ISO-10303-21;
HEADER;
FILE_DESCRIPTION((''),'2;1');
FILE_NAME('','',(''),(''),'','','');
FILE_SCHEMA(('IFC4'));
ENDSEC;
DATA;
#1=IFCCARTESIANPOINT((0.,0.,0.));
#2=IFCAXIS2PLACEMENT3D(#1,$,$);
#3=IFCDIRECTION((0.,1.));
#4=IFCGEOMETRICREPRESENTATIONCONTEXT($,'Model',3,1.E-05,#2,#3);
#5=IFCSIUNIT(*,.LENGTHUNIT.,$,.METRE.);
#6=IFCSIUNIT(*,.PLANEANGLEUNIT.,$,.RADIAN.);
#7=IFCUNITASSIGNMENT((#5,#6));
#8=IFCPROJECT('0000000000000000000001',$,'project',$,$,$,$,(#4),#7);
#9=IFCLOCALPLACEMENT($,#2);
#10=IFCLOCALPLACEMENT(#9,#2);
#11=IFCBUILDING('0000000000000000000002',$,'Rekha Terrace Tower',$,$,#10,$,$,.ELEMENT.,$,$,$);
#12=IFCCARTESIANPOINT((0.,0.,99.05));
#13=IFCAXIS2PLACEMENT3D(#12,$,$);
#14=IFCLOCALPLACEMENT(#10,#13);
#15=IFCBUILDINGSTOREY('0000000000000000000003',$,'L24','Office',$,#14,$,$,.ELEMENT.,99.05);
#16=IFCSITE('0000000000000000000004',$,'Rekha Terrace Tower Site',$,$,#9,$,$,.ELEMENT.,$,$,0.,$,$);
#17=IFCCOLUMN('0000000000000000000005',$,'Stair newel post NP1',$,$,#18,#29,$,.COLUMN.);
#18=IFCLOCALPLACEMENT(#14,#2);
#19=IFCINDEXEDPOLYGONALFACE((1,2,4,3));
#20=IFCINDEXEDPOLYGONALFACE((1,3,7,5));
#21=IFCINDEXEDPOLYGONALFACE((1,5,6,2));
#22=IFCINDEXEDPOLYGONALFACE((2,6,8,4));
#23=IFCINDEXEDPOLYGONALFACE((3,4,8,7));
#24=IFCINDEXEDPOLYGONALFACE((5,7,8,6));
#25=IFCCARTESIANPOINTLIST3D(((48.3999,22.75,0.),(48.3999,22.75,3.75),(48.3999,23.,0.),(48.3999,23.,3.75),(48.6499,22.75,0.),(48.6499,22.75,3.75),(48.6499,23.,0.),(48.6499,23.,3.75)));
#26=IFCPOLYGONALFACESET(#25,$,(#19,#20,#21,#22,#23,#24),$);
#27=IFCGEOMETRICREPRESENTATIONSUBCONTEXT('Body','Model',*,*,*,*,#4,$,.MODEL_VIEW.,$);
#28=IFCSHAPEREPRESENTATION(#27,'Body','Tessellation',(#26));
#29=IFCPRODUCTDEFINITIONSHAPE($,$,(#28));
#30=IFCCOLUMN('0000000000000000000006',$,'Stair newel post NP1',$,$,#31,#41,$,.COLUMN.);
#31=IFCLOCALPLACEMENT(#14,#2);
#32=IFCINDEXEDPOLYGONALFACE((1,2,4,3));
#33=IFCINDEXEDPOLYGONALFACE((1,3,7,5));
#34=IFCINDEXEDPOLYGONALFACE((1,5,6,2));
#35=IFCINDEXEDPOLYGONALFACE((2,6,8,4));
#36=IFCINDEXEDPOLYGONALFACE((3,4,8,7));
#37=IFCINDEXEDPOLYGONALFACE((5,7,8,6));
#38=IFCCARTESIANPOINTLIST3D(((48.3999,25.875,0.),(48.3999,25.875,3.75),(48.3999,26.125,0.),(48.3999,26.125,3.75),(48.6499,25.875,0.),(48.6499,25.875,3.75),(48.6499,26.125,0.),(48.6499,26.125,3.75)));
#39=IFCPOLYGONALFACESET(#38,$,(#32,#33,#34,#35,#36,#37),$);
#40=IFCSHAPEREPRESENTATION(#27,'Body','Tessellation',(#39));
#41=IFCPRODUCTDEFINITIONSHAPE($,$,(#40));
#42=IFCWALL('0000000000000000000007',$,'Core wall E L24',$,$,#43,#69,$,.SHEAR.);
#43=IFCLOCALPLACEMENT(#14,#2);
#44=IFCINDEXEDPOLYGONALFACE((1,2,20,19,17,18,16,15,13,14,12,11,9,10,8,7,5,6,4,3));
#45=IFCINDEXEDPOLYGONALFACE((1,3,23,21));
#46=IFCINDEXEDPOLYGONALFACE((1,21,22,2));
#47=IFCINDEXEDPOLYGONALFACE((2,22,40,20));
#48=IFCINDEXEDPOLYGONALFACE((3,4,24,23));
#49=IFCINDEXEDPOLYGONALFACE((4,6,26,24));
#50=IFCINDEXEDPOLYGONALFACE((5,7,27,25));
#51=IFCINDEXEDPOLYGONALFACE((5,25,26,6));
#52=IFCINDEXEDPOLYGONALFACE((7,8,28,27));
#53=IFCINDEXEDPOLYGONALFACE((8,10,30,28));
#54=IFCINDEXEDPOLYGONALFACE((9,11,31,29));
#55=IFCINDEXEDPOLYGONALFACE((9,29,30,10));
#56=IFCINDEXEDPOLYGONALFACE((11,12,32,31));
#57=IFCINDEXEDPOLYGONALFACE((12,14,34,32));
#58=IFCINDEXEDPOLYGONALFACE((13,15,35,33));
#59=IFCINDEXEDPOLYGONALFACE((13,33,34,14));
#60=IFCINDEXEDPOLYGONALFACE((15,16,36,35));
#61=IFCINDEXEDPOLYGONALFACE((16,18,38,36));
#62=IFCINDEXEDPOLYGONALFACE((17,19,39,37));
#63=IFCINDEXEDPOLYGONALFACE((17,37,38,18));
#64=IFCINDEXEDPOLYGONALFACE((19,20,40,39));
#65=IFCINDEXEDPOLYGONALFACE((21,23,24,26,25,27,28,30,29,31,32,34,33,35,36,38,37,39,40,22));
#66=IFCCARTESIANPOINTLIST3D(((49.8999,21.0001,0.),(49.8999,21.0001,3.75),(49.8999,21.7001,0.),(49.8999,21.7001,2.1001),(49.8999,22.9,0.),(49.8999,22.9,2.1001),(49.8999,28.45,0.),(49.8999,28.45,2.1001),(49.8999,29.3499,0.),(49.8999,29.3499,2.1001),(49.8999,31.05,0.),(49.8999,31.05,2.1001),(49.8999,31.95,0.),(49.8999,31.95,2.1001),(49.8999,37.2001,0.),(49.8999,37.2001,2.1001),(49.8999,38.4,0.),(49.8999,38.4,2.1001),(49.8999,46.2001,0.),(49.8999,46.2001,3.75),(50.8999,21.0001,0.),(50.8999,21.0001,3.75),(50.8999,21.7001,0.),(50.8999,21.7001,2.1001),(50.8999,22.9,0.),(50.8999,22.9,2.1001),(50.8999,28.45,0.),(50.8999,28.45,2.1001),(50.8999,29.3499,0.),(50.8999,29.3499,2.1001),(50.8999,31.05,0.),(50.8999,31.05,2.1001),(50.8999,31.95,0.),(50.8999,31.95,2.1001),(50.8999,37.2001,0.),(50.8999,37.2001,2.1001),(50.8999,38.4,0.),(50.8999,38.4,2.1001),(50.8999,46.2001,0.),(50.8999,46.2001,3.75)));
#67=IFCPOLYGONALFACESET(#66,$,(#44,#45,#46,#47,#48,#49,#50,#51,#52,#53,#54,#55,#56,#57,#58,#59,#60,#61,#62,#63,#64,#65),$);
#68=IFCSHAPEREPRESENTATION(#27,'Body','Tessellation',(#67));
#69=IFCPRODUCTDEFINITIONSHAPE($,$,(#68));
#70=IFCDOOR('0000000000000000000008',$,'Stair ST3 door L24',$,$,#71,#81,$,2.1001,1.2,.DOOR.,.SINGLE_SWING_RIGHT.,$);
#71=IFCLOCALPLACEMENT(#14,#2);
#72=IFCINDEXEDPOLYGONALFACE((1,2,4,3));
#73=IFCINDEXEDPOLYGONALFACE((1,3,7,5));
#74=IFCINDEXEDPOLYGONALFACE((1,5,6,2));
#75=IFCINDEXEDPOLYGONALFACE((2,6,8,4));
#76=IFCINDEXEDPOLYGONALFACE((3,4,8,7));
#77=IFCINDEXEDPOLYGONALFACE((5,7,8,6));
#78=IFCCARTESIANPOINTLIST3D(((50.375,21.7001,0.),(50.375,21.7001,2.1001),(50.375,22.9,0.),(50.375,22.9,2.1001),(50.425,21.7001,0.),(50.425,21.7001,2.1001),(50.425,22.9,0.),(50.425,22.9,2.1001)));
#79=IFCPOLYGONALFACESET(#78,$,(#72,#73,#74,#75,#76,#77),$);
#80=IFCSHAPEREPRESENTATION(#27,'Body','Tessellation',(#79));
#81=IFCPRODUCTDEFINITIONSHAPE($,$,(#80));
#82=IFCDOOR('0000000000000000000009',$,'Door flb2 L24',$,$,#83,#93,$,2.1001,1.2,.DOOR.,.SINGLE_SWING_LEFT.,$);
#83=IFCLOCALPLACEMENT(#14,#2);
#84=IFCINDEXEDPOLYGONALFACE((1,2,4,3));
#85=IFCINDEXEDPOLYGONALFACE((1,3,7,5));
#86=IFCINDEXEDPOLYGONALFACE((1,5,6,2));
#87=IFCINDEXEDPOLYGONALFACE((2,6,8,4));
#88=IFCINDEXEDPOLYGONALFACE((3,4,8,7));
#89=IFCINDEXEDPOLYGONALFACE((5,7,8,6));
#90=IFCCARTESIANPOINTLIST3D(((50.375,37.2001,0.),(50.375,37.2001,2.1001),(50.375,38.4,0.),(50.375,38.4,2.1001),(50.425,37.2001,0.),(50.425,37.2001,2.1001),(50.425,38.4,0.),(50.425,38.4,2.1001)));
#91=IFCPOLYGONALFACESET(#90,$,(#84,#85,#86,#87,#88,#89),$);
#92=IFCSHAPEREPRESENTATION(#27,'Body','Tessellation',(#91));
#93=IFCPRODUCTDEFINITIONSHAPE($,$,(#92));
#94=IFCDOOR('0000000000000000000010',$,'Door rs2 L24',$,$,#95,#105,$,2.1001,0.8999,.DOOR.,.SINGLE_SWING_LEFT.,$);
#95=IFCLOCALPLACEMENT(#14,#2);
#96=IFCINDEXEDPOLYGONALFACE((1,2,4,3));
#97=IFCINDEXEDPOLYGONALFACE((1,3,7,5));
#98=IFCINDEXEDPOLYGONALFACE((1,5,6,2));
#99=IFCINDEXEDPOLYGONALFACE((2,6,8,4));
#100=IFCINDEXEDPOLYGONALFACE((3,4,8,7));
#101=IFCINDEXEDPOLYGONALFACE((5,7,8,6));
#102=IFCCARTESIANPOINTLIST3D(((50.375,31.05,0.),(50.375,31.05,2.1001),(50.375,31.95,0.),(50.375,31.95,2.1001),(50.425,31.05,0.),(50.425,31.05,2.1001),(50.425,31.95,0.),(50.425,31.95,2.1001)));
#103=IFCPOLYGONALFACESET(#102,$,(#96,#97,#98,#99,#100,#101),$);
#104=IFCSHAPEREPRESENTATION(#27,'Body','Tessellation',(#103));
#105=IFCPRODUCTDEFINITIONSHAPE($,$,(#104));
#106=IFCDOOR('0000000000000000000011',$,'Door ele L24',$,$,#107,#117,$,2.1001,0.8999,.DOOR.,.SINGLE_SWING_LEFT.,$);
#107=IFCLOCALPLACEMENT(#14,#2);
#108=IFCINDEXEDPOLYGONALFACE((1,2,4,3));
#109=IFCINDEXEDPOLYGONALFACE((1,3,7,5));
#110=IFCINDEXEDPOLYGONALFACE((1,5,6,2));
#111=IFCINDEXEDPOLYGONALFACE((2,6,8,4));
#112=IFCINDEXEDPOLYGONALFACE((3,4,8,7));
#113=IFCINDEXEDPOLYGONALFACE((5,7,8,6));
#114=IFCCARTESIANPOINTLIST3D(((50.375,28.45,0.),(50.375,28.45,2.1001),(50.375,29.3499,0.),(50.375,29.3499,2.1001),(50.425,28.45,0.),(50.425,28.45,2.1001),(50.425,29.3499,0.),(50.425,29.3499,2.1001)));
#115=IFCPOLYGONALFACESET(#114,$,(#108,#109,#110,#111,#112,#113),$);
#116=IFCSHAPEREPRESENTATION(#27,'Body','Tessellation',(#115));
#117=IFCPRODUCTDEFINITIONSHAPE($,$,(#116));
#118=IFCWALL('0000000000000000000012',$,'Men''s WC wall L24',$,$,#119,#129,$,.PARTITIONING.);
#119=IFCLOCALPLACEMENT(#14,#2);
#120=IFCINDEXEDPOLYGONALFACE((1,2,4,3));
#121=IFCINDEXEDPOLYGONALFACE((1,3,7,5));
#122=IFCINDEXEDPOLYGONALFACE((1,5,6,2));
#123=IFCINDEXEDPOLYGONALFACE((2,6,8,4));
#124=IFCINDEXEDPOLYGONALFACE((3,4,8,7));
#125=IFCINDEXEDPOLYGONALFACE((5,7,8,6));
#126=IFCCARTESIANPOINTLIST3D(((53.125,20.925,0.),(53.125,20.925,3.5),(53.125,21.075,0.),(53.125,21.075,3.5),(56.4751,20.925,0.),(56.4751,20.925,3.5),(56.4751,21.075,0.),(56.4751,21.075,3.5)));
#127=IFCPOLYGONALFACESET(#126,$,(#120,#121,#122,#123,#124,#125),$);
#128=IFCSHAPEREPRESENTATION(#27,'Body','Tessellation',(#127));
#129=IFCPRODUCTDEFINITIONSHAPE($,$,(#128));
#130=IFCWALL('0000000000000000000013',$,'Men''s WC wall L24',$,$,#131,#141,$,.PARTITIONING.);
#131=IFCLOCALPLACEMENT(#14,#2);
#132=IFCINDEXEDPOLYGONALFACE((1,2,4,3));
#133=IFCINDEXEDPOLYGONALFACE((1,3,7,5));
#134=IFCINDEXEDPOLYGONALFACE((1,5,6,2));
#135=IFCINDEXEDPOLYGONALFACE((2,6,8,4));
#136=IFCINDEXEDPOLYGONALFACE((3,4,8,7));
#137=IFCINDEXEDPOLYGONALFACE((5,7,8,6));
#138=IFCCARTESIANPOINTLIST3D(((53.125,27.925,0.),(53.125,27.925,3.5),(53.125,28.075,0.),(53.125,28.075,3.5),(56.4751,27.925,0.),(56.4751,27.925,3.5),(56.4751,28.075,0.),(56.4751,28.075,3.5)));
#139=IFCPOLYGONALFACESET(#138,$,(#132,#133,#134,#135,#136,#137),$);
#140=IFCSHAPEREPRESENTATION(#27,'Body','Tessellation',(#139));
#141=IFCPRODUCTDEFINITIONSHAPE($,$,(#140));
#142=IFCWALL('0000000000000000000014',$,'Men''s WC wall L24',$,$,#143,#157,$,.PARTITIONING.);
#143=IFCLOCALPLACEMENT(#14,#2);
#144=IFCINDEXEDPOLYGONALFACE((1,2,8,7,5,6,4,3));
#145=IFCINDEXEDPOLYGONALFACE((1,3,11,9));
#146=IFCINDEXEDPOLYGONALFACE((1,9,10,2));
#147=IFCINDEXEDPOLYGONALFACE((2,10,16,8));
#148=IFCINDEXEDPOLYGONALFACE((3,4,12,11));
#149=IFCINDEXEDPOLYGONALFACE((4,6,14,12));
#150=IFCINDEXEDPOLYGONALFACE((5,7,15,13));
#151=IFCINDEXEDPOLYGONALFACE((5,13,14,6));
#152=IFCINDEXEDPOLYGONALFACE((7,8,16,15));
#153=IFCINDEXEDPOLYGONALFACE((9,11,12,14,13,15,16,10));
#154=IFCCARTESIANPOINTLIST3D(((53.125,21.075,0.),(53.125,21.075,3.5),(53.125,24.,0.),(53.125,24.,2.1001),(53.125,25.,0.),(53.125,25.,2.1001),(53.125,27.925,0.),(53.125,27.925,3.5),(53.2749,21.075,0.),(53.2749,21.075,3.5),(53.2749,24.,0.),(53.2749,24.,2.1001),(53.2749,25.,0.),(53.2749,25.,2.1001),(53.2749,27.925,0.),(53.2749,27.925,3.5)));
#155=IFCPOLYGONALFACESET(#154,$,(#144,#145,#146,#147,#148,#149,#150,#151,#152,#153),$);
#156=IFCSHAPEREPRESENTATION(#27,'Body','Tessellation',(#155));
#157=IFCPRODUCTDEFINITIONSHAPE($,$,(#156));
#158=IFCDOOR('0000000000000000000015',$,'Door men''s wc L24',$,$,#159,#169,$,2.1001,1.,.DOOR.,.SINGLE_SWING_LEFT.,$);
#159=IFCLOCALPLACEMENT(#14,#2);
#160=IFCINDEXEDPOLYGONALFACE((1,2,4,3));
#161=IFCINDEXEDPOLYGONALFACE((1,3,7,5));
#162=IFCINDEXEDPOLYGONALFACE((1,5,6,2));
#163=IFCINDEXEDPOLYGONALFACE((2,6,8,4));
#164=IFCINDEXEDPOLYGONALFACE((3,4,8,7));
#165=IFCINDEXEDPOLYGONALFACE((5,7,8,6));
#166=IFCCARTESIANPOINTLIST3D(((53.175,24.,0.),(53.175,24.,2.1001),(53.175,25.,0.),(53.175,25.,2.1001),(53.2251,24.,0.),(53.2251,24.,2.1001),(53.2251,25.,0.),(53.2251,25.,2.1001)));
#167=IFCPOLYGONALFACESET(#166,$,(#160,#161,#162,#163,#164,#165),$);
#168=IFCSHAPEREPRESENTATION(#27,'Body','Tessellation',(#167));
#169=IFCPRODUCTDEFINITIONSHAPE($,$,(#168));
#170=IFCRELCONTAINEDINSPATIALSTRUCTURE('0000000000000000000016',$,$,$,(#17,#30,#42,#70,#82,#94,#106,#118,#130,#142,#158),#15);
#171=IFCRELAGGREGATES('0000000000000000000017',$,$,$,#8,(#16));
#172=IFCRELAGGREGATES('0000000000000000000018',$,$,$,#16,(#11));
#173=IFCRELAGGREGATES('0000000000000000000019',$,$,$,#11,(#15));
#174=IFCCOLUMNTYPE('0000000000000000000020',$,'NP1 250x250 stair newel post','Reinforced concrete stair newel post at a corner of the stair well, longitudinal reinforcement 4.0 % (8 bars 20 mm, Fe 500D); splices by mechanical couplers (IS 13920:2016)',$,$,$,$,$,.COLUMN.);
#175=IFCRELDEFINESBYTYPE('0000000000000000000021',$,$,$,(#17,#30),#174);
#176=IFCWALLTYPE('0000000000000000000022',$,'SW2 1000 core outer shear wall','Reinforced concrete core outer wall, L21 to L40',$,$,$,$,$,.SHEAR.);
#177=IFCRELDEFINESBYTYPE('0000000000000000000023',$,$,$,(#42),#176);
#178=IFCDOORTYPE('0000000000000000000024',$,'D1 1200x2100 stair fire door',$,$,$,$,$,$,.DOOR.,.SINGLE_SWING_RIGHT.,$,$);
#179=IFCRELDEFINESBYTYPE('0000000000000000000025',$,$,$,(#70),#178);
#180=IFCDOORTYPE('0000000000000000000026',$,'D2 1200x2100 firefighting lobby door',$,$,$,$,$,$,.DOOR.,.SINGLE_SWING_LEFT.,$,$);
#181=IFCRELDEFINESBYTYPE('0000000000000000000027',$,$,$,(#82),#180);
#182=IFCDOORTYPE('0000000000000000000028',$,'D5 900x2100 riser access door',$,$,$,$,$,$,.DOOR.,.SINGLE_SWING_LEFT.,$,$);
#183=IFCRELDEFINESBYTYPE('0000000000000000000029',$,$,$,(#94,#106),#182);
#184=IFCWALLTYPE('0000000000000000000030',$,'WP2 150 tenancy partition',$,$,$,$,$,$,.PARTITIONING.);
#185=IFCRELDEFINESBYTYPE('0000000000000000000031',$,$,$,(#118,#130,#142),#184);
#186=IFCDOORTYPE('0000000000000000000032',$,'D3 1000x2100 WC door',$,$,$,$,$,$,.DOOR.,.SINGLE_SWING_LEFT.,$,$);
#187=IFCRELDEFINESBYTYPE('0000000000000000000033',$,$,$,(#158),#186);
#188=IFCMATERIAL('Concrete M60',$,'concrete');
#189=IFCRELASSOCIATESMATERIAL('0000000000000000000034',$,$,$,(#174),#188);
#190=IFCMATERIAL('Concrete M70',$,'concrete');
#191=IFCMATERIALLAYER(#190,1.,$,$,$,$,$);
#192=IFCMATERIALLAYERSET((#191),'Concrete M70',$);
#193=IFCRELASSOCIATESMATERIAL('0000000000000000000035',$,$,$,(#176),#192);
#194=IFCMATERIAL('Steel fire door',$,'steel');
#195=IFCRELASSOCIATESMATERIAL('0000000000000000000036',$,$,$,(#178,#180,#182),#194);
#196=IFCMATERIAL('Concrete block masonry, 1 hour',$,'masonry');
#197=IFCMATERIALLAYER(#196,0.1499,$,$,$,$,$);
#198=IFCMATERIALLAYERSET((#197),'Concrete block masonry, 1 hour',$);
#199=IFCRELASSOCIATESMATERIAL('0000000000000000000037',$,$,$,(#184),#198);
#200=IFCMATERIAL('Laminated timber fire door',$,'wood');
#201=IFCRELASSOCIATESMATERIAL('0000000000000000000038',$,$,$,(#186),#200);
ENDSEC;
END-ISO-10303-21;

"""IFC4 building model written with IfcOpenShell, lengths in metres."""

from ifc_helpers import new_model, si_unit, direction, frame, frame_2d, origin, origin_2d, place, context, subcontext, project, spatial, rectangle, extrude, material, layer, layer_set, material_profile, profile_set, type_object, element, fill, save


model = new_model("IFC4")

# Units and contexts
model_context = context("Model", 3, precision=1e-05, world=origin(), true_north=direction((0.0, 1.0)))
body_context = subcontext(model_context, "Body", "Model", "MODEL_VIEW")
ifc_project = project(units=[si_unit("LENGTHUNIT", "METRE"), si_unit("PLANEANGLEUNIT", "RADIAN")], contexts=[model_context])

# Site, building, storey
site_placement = place(None, origin())
site = spatial("IfcSite", under=ifc_project, at=site_placement, Name="Rekha Terrace Tower Site", CompositionType="ELEMENT", RefElevation=0.0)
building_placement = place(site_placement, origin())
building = spatial("IfcBuilding", under=site, at=building_placement, Name="Rekha Terrace Tower", CompositionType="ELEMENT")
storey_placement = place(building_placement, frame((0.0, 0.0, 99.05)))
storey = spatial("IfcBuildingStorey", under=building, at=storey_placement, Name="L24", Description="Office", CompositionType="ELEMENT", Elevation=99.05)

# Columns
ifc_material_1 = material(Name="Concrete M60", Category="concrete")
ifc_material_profile = material_profile(ifc_material_1, rectangle(XDim=0.25, YDim=0.25, at=origin_2d()), Name="RC 250x250")
ifc_profile_set = profile_set([ifc_material_profile], Name="Concrete M60")
column_type = type_object("IfcColumnType", Name="NP1 250x250 stair newel post", Description="Reinforced concrete stair newel post at a corner of the stair well, longitudinal reinforcement 4.0 % (8 bars 20 mm, Fe 500D); splices by mechanical couplers (IS 13920:2016)", PredefinedType="COLUMN", material=ifc_profile_set)
for number, where, z_axis, x_axis, name in (
    (1, (48.5249, 22.875, 0.0), (0.0, 0.0, 1.0), (1.0, 0.0, 0.0), "Stair newel post NP1"),
    (2, (48.5249, 26.0, 0.0), (0.0, 0.0, 1.0), (1.0, 0.0, 0.0), "Stair newel post NP1"),
):
    element("IfcColumn", number, at=place(storey_placement, frame(where, z_axis=z_axis, x_axis=x_axis)), inside=storey, type_object=column_type, Name=name, PredefinedType="COLUMN", context=body_context, shape_type="SweptSolid", body=[
        extrude(rectangle(XDim=0.25, YDim=0.25, at=origin_2d()), origin(), (0.0, 0.0, 1.0), 3.75),
    ])

# Wall, openings, doors
ifc_material_2 = material(Name="Concrete M70", Category="concrete")
ifc_layer_1 = layer(ifc_material_2, 1.0)
ifc_layer_set_1 = layer_set([ifc_layer_1], Name="Concrete M70")
wall_type_1 = type_object("IfcWallType", Name="SW2 1000 core outer shear wall", Description="Reinforced concrete core outer wall, L21 to L40", PredefinedType="SHEAR", material=ifc_layer_set_1)
wall_1_placement = place(storey_placement, frame((50.3999, 21.0, 0.0), z_axis=(0.0, 0.0, 1.0), x_axis=(0.0, 1.0, 0.0)))
wall_1 = element("IfcWall", 3, at=wall_1_placement, inside=storey, type_object=wall_type_1, Name="Core wall E L24", PredefinedType="SHEAR", context=body_context, shape_type="SweptSolid", body=[
    extrude(rectangle(XDim=25.2, YDim=1.0, at=frame_2d((12.6001, 0.0))), origin(), (0.0, 0.0, 1.0), 3.75),
])
opening_1_placement = place(wall_1_placement, frame((16.2, 0.0, 0.0)))
opening_1 = element("IfcOpeningElement", 4, at=opening_1_placement, cuts=wall_1, PredefinedType="OPENING", context=body_context, shape_type="SweptSolid", body=[
    extrude(rectangle(XDim=1.2, YDim=2.1001, at=frame_2d((0.6001, 1.05))), frame((0.0, 0.51, 0.0), z_axis=(0.0, -1.0, 0.0), x_axis=(1.0, 0.0, 0.0)), (0.0, 0.0, 1.0), 1.02),
])
opening_2_placement = place(wall_1_placement, frame((10.05, 0.0, 0.0)))
opening_2 = element("IfcOpeningElement", 5, at=opening_2_placement, cuts=wall_1, PredefinedType="OPENING", context=body_context, shape_type="SweptSolid", body=[
    extrude(rectangle(XDim=0.8999, YDim=2.1001, at=frame_2d((0.45, 1.05))), frame((0.0, 0.51, 0.0), z_axis=(0.0, -1.0, 0.0), x_axis=(1.0, 0.0, 0.0)), (0.0, 0.0, 1.0), 1.02),
])
opening_3_placement = place(wall_1_placement, frame((7.45, 0.0, 0.0)))
opening_3 = element("IfcOpeningElement", 6, at=opening_3_placement, cuts=wall_1, PredefinedType="OPENING", context=body_context, shape_type="SweptSolid", body=[
    extrude(rectangle(XDim=0.8999, YDim=2.1001, at=frame_2d((0.45, 1.05))), frame((0.0, 0.51, 0.0), z_axis=(0.0, -1.0, 0.0), x_axis=(1.0, 0.0, 0.0)), (0.0, 0.0, 1.0), 1.02),
])
opening_4_placement = place(wall_1_placement, frame((0.7, 0.0, 0.0)))
opening_4 = element("IfcOpeningElement", 7, at=opening_4_placement, cuts=wall_1, PredefinedType="OPENING", context=body_context, shape_type="SweptSolid", body=[
    extrude(rectangle(XDim=1.2, YDim=2.1001, at=frame_2d((0.6001, 1.05))), frame((0.0, 0.51, 0.0), z_axis=(0.0, -1.0, 0.0), x_axis=(1.0, 0.0, 0.0)), (0.0, 0.0, 1.0), 1.02),
])
ifc_material_3 = material(Name="Steel fire door", Category="steel")
door_type_1 = type_object("IfcDoorType", Name="D1 1200x2100 stair fire door", OperationType="SINGLE_SWING_RIGHT", PredefinedType="DOOR", material=ifc_material_3)
door_1_placement = place(opening_4_placement, origin())
door_1 = element("IfcDoor", 8, at=door_1_placement, inside=storey, type_object=door_type_1, Name="Stair ST3 door L24", OperationType="SINGLE_SWING_RIGHT", OverallHeight=2.1001, OverallWidth=1.2, PredefinedType="DOOR", context=body_context, shape_type="SweptSolid", body=[
    extrude(rectangle(XDim=1.2, YDim=2.1001, at=frame_2d((0.6001, 1.05))), frame((0.0, 0.0249, 0.0), z_axis=(0.0, -1.0, 0.0), x_axis=(1.0, 0.0, 0.0)), (0.0, 0.0, 1.0), 0.05),
])
fill(opening_4, door_1)
door_type_2 = type_object("IfcDoorType", Name="D2 1200x2100 firefighting lobby door", OperationType="SINGLE_SWING_LEFT", PredefinedType="DOOR", material=ifc_material_3)
door_2_placement = place(opening_1_placement, origin())
door_2 = element("IfcDoor", 9, at=door_2_placement, inside=storey, type_object=door_type_2, Name="Door flb2 L24", OperationType="SINGLE_SWING_LEFT", OverallHeight=2.1001, OverallWidth=1.2, PredefinedType="DOOR", context=body_context, shape_type="SweptSolid", body=[
    extrude(rectangle(XDim=1.2, YDim=2.1001, at=frame_2d((0.6001, 1.05))), frame((0.0, 0.0249, 0.0), z_axis=(0.0, -1.0, 0.0), x_axis=(1.0, 0.0, 0.0)), (0.0, 0.0, 1.0), 0.05),
])
fill(opening_1, door_2)
door_type_3 = type_object("IfcDoorType", Name="D5 900x2100 riser access door", OperationType="SINGLE_SWING_LEFT", PredefinedType="DOOR", material=ifc_material_3)
door_3_placement = place(opening_2_placement, origin())
door_3 = element("IfcDoor", 10, at=door_3_placement, inside=storey, type_object=door_type_3, Name="Door rs2 L24", OperationType="SINGLE_SWING_LEFT", OverallHeight=2.1001, OverallWidth=0.8999, PredefinedType="DOOR", context=body_context, shape_type="SweptSolid", body=[
    extrude(rectangle(XDim=0.8999, YDim=2.1001, at=frame_2d((0.45, 1.05))), frame((0.0, 0.0249, 0.0), z_axis=(0.0, -1.0, 0.0), x_axis=(1.0, 0.0, 0.0)), (0.0, 0.0, 1.0), 0.05),
])
fill(opening_2, door_3)
door_4_placement = place(opening_3_placement, origin())
door_4 = element("IfcDoor", 11, at=door_4_placement, inside=storey, type_object=door_type_3, Name="Door ele L24", OperationType="SINGLE_SWING_LEFT", OverallHeight=2.1001, OverallWidth=0.8999, PredefinedType="DOOR", context=body_context, shape_type="SweptSolid", body=[
    extrude(rectangle(XDim=0.8999, YDim=2.1001, at=frame_2d((0.45, 1.05))), frame((0.0, 0.0249, 0.0), z_axis=(0.0, -1.0, 0.0), x_axis=(1.0, 0.0, 0.0)), (0.0, 0.0, 1.0), 0.05),
])
fill(opening_3, door_4)

# Walls
ifc_material_4 = material(Name="Concrete block masonry, 1 hour", Category="masonry")
ifc_layer_2 = layer(ifc_material_4, 0.1499)
ifc_layer_set_2 = layer_set([ifc_layer_2], Name="Concrete block masonry, 1 hour")
wall_type_2 = type_object("IfcWallType", Name="WP2 150 tenancy partition", PredefinedType="PARTITIONING", material=ifc_layer_set_2)
for number, where, z_axis, x_axis, name in (
    (12, (53.125, 21.0, 0.0), (0.0, 0.0, 1.0), (1.0, 0.0, 0.0), "Men's WC wall L24"),
    (13, (53.125, 28.0, 0.0), (0.0, 0.0, 1.0), (1.0, 0.0, 0.0), "Men's WC wall L24"),
):
    element("IfcWall", number, at=place(storey_placement, frame(where, z_axis=z_axis, x_axis=x_axis)), inside=storey, type_object=wall_type_2, Name=name, PredefinedType="PARTITIONING", context=body_context, shape_type="SweptSolid", body=[
        extrude(rectangle(XDim=3.3501, YDim=0.1499, at=frame_2d((1.675, 0.0))), origin(), (0.0, 0.0, 1.0), 3.5),
    ])

# Wall, opening, door
wall_2_placement = place(storey_placement, frame((53.2, 21.075, 0.0), z_axis=(0.0, 0.0, 1.0), x_axis=(0.0, 1.0, 0.0)))
wall_2 = element("IfcWall", 14, at=wall_2_placement, inside=storey, type_object=wall_type_2, Name="Men's WC wall L24", PredefinedType="PARTITIONING", context=body_context, shape_type="SweptSolid", body=[
    extrude(rectangle(XDim=6.8501, YDim=0.1499, at=frame_2d((3.425, 0.0))), origin(), (0.0, 0.0, 1.0), 3.5),
])
opening_5_placement = place(wall_2_placement, frame((2.925, 0.0, 0.0)))
opening_5 = element("IfcOpeningElement", 15, at=opening_5_placement, cuts=wall_2, PredefinedType="OPENING", context=body_context, shape_type="SweptSolid", body=[
    extrude(rectangle(XDim=1.0, YDim=2.1001, at=frame_2d((0.5, 1.05))), frame((0.0, 0.085, 0.0), z_axis=(0.0, -1.0, 0.0), x_axis=(1.0, 0.0, 0.0)), (0.0, 0.0, 1.0), 0.1699),
])
ifc_material_5 = material(Name="Laminated timber fire door", Category="wood")
door_type_4 = type_object("IfcDoorType", Name="D3 1000x2100 WC door", OperationType="SINGLE_SWING_LEFT", PredefinedType="DOOR", material=ifc_material_5)
door_5_placement = place(opening_5_placement, origin())
door_5 = element("IfcDoor", 16, at=door_5_placement, inside=storey, type_object=door_type_4, Name="Door men's wc L24", OperationType="SINGLE_SWING_LEFT", OverallHeight=2.1001, OverallWidth=1.0, PredefinedType="DOOR", context=body_context, shape_type="SweptSolid", body=[
    extrude(rectangle(XDim=1.0, YDim=2.1001, at=frame_2d((0.5, 1.05))), frame((0.0, 0.0249, 0.0), z_axis=(0.0, -1.0, 0.0), x_axis=(1.0, 0.0, 0.0)), (0.0, 0.0, 1.0), 0.05),
])
fill(opening_5, door_5)

save(model, "model.ifc")
